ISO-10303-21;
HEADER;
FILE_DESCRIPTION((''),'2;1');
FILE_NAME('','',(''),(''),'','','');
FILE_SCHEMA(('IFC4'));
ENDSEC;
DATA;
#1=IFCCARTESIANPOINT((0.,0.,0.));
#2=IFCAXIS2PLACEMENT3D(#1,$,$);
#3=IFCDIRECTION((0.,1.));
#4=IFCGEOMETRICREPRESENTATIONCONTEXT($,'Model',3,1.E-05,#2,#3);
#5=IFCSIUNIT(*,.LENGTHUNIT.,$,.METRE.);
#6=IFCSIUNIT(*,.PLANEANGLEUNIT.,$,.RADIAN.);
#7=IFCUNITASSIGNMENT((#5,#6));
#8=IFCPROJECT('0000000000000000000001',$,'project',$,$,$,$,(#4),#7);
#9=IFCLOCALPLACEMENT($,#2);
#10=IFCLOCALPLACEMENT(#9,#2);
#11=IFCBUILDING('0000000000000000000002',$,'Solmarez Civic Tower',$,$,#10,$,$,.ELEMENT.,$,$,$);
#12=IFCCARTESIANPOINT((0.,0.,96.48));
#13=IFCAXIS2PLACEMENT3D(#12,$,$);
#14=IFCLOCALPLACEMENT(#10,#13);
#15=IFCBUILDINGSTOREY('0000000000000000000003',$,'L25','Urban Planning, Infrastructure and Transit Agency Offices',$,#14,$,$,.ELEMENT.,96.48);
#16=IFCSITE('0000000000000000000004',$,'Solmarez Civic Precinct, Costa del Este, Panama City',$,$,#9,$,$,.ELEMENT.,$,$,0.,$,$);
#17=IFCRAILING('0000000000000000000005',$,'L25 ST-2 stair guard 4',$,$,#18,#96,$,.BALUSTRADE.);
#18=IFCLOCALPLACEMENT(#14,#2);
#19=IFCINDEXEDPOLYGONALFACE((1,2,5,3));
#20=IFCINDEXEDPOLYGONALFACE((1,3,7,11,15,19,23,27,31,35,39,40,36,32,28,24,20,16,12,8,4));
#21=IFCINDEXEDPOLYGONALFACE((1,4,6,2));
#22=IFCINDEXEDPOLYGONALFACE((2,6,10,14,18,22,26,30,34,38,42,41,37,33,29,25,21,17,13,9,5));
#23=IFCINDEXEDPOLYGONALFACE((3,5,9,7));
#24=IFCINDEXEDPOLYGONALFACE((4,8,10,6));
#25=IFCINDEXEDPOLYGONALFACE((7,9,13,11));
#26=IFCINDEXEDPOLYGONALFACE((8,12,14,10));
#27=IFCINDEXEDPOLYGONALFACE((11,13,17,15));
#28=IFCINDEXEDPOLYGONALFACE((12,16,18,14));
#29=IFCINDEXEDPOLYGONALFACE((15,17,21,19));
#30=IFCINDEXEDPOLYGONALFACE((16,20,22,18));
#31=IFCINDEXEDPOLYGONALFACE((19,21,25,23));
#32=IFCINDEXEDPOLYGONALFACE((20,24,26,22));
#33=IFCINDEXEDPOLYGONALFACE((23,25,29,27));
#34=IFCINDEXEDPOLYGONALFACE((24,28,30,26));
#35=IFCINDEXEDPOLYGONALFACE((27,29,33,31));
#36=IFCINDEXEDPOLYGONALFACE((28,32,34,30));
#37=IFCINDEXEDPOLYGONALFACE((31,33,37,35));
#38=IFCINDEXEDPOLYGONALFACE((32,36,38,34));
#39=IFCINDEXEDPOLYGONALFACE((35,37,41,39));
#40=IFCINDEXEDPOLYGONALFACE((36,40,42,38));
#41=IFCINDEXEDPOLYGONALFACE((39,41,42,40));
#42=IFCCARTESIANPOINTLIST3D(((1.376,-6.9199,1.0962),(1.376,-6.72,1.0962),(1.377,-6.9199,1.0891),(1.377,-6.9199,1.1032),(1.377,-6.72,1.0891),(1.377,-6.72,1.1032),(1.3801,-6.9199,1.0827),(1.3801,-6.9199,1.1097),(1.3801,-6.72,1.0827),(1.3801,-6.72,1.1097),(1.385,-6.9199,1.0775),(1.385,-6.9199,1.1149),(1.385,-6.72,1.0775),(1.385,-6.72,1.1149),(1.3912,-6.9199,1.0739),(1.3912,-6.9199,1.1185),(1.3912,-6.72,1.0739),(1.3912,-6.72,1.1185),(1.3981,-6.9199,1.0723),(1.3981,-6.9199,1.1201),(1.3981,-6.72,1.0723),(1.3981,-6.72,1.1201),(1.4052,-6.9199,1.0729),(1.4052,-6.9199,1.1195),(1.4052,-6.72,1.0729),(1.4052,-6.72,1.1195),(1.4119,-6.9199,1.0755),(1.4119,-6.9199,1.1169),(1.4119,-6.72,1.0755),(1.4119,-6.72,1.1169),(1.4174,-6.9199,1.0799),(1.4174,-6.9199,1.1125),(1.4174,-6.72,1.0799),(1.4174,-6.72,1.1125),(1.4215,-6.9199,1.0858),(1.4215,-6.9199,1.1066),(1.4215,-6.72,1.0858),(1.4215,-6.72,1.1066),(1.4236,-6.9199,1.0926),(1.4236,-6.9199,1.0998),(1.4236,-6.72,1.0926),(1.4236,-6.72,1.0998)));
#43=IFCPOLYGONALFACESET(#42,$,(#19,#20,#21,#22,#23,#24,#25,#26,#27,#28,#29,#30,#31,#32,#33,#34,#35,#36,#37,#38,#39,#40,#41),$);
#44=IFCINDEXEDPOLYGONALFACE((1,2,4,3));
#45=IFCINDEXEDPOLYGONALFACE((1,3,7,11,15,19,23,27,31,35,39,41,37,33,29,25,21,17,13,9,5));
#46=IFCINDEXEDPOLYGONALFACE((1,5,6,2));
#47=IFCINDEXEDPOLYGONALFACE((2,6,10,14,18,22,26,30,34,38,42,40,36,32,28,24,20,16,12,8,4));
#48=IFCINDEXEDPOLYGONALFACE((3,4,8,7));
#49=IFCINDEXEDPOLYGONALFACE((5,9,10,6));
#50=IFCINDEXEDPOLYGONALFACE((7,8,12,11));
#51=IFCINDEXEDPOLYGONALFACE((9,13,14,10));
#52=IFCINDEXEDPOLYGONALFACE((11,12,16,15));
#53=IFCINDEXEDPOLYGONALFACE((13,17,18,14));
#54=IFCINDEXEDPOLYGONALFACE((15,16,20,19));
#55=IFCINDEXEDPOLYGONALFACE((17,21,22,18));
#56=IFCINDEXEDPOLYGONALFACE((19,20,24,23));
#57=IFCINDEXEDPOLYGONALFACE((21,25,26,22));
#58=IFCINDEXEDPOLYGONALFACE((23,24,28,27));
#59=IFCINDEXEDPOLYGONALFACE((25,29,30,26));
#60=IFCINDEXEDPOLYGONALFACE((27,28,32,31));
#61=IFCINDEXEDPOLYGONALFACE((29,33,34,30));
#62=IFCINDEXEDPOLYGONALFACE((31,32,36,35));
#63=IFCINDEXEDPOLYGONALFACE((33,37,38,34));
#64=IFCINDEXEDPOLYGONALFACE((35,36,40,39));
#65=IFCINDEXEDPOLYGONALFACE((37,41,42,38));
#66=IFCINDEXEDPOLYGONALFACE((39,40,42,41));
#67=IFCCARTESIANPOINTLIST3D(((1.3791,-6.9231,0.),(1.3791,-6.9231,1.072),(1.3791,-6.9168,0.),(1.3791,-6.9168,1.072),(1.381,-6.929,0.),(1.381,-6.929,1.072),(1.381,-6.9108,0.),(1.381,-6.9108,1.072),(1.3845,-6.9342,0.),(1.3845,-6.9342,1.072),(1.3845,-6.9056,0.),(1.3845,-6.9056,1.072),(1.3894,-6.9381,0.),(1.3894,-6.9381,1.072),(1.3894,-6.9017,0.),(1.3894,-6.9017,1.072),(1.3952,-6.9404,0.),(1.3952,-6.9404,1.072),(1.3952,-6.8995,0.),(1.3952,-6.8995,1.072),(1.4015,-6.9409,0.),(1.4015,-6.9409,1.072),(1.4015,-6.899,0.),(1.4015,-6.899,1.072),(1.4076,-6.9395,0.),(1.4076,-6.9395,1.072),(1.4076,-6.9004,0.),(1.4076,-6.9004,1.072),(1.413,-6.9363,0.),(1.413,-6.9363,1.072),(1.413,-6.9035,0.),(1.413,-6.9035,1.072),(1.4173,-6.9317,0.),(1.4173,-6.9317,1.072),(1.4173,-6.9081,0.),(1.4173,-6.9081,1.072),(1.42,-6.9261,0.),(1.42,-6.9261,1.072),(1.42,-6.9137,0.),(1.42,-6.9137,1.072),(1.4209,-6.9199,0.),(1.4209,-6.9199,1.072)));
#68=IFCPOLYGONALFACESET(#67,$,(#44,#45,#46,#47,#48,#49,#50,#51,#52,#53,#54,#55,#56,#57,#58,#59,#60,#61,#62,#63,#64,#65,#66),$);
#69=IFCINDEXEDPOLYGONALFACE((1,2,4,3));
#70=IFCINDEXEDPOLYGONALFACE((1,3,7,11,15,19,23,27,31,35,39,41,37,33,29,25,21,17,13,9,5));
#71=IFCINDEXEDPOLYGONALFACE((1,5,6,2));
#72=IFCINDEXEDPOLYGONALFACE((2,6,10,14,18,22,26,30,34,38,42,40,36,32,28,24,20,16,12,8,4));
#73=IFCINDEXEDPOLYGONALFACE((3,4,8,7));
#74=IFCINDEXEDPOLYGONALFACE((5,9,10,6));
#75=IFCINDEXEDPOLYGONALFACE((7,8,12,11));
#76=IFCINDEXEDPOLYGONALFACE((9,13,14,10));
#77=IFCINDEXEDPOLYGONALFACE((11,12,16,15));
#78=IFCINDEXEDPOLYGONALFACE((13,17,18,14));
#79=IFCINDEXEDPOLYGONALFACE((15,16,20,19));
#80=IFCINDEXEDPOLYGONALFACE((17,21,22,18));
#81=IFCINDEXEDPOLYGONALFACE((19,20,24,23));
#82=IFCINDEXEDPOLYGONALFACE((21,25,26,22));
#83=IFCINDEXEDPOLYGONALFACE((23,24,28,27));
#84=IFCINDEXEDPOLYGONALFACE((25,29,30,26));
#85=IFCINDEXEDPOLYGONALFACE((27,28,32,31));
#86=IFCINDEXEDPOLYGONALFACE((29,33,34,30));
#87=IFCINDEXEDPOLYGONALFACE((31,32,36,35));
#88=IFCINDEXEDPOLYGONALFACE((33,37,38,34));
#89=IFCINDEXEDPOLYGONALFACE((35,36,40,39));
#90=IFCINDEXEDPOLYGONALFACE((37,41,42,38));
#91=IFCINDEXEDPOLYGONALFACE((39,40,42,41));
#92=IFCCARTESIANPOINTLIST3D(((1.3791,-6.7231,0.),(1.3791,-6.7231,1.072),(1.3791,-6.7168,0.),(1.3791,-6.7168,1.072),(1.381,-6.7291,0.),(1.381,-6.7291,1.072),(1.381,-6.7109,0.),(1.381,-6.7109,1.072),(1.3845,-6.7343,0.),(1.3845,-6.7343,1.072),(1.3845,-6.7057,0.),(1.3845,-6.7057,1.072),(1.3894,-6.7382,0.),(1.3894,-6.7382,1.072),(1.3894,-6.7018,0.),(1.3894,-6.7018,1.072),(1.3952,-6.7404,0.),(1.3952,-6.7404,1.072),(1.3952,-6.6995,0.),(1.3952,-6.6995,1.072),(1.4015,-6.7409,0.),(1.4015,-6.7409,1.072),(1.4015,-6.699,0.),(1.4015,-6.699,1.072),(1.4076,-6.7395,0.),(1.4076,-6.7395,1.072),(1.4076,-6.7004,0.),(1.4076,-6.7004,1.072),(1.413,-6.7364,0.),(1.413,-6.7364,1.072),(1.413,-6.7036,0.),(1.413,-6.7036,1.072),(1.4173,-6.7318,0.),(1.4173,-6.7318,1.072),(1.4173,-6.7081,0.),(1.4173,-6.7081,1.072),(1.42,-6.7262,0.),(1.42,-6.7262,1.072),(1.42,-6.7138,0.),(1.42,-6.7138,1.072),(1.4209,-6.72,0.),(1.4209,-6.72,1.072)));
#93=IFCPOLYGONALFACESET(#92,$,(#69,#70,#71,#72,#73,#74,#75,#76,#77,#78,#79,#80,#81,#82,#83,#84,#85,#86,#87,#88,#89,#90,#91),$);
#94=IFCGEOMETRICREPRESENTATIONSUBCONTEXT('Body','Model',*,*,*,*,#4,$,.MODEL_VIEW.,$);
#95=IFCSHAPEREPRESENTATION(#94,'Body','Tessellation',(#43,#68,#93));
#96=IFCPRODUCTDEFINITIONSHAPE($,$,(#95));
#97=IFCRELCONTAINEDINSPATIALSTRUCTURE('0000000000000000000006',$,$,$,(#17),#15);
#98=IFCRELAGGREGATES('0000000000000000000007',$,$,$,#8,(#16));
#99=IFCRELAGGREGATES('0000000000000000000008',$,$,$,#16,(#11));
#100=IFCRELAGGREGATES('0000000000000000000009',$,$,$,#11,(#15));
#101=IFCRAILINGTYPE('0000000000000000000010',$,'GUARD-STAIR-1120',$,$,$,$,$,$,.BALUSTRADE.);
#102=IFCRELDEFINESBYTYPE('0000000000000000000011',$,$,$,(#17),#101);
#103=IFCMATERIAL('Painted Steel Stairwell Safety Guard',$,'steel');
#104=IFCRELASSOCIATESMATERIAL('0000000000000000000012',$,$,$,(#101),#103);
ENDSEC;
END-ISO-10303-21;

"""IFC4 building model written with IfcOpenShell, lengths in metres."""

from ifc_helpers import new_model, si_unit, direction, frame, origin, origin_2d, place, context, subcontext, project, spatial, circle, extrude, material, type_object, element, save


model = new_model("IFC4")

# Units and contexts
model_context = context("Model", 3, precision=1e-05, world=origin(), true_north=direction((0.0, 1.0)))
body_context = subcontext(model_context, "Body", "Model", "MODEL_VIEW")
ifc_project = project(units=[si_unit("LENGTHUNIT", "METRE"), si_unit("PLANEANGLEUNIT", "RADIAN")], contexts=[model_context])

# Site, building, storey
site_placement = place(None, origin())
site = spatial("IfcSite", under=ifc_project, at=site_placement, Name="Solmarez Civic Precinct, Costa del Este, Panama City", CompositionType="ELEMENT", RefElevation=0.0)
building_placement = place(site_placement, origin())
building = spatial("IfcBuilding", under=site, at=building_placement, Name="Solmarez Civic Tower", CompositionType="ELEMENT")
storey_placement = place(building_placement, frame((0.0, 0.0, 96.48)))
storey = spatial("IfcBuildingStorey", under=building, at=storey_placement, Name="L25", Description="Urban Planning, Infrastructure and Transit Agency Offices", CompositionType="ELEMENT", Elevation=96.48)

# Railing
ifc_material_1 = material(Name="Painted Steel Stairwell Safety Guard", Category="steel")
railing_type_1 = type_object("IfcRailingType", Name="GUARD-STAIR-1120", PredefinedType="BALUSTRADE", material=ifc_material_1)
railing_1_placement = place(storey_placement, frame((1.3999, -6.9199, 0.0)))
element("IfcRailing", 1, at=railing_1_placement, inside=storey, type_object=railing_type_1, Name="L25 ST-2 stair guard 4", PredefinedType="BALUSTRADE", context=body_context, shape_type="SweptSolid", body=[
    extrude(circle(Radius=0.0239, at=origin_2d()), frame((0.0, 0.0, 1.0962), z_axis=(0.0, 1.0, 0.0), x_axis=(-1.0, 0.0, 0.0)), (0.0, 0.0, 1.0), 0.2),
    extrude(circle(Radius=0.021, at=origin_2d()), origin(), (0.0, 0.0, 1.0), 1.072),
    extrude(circle(Radius=0.021, at=origin_2d()), frame((0.0, 0.2, 0.0)), (0.0, 0.0, 1.0), 1.072),
])

save(model, "model.ifc")
